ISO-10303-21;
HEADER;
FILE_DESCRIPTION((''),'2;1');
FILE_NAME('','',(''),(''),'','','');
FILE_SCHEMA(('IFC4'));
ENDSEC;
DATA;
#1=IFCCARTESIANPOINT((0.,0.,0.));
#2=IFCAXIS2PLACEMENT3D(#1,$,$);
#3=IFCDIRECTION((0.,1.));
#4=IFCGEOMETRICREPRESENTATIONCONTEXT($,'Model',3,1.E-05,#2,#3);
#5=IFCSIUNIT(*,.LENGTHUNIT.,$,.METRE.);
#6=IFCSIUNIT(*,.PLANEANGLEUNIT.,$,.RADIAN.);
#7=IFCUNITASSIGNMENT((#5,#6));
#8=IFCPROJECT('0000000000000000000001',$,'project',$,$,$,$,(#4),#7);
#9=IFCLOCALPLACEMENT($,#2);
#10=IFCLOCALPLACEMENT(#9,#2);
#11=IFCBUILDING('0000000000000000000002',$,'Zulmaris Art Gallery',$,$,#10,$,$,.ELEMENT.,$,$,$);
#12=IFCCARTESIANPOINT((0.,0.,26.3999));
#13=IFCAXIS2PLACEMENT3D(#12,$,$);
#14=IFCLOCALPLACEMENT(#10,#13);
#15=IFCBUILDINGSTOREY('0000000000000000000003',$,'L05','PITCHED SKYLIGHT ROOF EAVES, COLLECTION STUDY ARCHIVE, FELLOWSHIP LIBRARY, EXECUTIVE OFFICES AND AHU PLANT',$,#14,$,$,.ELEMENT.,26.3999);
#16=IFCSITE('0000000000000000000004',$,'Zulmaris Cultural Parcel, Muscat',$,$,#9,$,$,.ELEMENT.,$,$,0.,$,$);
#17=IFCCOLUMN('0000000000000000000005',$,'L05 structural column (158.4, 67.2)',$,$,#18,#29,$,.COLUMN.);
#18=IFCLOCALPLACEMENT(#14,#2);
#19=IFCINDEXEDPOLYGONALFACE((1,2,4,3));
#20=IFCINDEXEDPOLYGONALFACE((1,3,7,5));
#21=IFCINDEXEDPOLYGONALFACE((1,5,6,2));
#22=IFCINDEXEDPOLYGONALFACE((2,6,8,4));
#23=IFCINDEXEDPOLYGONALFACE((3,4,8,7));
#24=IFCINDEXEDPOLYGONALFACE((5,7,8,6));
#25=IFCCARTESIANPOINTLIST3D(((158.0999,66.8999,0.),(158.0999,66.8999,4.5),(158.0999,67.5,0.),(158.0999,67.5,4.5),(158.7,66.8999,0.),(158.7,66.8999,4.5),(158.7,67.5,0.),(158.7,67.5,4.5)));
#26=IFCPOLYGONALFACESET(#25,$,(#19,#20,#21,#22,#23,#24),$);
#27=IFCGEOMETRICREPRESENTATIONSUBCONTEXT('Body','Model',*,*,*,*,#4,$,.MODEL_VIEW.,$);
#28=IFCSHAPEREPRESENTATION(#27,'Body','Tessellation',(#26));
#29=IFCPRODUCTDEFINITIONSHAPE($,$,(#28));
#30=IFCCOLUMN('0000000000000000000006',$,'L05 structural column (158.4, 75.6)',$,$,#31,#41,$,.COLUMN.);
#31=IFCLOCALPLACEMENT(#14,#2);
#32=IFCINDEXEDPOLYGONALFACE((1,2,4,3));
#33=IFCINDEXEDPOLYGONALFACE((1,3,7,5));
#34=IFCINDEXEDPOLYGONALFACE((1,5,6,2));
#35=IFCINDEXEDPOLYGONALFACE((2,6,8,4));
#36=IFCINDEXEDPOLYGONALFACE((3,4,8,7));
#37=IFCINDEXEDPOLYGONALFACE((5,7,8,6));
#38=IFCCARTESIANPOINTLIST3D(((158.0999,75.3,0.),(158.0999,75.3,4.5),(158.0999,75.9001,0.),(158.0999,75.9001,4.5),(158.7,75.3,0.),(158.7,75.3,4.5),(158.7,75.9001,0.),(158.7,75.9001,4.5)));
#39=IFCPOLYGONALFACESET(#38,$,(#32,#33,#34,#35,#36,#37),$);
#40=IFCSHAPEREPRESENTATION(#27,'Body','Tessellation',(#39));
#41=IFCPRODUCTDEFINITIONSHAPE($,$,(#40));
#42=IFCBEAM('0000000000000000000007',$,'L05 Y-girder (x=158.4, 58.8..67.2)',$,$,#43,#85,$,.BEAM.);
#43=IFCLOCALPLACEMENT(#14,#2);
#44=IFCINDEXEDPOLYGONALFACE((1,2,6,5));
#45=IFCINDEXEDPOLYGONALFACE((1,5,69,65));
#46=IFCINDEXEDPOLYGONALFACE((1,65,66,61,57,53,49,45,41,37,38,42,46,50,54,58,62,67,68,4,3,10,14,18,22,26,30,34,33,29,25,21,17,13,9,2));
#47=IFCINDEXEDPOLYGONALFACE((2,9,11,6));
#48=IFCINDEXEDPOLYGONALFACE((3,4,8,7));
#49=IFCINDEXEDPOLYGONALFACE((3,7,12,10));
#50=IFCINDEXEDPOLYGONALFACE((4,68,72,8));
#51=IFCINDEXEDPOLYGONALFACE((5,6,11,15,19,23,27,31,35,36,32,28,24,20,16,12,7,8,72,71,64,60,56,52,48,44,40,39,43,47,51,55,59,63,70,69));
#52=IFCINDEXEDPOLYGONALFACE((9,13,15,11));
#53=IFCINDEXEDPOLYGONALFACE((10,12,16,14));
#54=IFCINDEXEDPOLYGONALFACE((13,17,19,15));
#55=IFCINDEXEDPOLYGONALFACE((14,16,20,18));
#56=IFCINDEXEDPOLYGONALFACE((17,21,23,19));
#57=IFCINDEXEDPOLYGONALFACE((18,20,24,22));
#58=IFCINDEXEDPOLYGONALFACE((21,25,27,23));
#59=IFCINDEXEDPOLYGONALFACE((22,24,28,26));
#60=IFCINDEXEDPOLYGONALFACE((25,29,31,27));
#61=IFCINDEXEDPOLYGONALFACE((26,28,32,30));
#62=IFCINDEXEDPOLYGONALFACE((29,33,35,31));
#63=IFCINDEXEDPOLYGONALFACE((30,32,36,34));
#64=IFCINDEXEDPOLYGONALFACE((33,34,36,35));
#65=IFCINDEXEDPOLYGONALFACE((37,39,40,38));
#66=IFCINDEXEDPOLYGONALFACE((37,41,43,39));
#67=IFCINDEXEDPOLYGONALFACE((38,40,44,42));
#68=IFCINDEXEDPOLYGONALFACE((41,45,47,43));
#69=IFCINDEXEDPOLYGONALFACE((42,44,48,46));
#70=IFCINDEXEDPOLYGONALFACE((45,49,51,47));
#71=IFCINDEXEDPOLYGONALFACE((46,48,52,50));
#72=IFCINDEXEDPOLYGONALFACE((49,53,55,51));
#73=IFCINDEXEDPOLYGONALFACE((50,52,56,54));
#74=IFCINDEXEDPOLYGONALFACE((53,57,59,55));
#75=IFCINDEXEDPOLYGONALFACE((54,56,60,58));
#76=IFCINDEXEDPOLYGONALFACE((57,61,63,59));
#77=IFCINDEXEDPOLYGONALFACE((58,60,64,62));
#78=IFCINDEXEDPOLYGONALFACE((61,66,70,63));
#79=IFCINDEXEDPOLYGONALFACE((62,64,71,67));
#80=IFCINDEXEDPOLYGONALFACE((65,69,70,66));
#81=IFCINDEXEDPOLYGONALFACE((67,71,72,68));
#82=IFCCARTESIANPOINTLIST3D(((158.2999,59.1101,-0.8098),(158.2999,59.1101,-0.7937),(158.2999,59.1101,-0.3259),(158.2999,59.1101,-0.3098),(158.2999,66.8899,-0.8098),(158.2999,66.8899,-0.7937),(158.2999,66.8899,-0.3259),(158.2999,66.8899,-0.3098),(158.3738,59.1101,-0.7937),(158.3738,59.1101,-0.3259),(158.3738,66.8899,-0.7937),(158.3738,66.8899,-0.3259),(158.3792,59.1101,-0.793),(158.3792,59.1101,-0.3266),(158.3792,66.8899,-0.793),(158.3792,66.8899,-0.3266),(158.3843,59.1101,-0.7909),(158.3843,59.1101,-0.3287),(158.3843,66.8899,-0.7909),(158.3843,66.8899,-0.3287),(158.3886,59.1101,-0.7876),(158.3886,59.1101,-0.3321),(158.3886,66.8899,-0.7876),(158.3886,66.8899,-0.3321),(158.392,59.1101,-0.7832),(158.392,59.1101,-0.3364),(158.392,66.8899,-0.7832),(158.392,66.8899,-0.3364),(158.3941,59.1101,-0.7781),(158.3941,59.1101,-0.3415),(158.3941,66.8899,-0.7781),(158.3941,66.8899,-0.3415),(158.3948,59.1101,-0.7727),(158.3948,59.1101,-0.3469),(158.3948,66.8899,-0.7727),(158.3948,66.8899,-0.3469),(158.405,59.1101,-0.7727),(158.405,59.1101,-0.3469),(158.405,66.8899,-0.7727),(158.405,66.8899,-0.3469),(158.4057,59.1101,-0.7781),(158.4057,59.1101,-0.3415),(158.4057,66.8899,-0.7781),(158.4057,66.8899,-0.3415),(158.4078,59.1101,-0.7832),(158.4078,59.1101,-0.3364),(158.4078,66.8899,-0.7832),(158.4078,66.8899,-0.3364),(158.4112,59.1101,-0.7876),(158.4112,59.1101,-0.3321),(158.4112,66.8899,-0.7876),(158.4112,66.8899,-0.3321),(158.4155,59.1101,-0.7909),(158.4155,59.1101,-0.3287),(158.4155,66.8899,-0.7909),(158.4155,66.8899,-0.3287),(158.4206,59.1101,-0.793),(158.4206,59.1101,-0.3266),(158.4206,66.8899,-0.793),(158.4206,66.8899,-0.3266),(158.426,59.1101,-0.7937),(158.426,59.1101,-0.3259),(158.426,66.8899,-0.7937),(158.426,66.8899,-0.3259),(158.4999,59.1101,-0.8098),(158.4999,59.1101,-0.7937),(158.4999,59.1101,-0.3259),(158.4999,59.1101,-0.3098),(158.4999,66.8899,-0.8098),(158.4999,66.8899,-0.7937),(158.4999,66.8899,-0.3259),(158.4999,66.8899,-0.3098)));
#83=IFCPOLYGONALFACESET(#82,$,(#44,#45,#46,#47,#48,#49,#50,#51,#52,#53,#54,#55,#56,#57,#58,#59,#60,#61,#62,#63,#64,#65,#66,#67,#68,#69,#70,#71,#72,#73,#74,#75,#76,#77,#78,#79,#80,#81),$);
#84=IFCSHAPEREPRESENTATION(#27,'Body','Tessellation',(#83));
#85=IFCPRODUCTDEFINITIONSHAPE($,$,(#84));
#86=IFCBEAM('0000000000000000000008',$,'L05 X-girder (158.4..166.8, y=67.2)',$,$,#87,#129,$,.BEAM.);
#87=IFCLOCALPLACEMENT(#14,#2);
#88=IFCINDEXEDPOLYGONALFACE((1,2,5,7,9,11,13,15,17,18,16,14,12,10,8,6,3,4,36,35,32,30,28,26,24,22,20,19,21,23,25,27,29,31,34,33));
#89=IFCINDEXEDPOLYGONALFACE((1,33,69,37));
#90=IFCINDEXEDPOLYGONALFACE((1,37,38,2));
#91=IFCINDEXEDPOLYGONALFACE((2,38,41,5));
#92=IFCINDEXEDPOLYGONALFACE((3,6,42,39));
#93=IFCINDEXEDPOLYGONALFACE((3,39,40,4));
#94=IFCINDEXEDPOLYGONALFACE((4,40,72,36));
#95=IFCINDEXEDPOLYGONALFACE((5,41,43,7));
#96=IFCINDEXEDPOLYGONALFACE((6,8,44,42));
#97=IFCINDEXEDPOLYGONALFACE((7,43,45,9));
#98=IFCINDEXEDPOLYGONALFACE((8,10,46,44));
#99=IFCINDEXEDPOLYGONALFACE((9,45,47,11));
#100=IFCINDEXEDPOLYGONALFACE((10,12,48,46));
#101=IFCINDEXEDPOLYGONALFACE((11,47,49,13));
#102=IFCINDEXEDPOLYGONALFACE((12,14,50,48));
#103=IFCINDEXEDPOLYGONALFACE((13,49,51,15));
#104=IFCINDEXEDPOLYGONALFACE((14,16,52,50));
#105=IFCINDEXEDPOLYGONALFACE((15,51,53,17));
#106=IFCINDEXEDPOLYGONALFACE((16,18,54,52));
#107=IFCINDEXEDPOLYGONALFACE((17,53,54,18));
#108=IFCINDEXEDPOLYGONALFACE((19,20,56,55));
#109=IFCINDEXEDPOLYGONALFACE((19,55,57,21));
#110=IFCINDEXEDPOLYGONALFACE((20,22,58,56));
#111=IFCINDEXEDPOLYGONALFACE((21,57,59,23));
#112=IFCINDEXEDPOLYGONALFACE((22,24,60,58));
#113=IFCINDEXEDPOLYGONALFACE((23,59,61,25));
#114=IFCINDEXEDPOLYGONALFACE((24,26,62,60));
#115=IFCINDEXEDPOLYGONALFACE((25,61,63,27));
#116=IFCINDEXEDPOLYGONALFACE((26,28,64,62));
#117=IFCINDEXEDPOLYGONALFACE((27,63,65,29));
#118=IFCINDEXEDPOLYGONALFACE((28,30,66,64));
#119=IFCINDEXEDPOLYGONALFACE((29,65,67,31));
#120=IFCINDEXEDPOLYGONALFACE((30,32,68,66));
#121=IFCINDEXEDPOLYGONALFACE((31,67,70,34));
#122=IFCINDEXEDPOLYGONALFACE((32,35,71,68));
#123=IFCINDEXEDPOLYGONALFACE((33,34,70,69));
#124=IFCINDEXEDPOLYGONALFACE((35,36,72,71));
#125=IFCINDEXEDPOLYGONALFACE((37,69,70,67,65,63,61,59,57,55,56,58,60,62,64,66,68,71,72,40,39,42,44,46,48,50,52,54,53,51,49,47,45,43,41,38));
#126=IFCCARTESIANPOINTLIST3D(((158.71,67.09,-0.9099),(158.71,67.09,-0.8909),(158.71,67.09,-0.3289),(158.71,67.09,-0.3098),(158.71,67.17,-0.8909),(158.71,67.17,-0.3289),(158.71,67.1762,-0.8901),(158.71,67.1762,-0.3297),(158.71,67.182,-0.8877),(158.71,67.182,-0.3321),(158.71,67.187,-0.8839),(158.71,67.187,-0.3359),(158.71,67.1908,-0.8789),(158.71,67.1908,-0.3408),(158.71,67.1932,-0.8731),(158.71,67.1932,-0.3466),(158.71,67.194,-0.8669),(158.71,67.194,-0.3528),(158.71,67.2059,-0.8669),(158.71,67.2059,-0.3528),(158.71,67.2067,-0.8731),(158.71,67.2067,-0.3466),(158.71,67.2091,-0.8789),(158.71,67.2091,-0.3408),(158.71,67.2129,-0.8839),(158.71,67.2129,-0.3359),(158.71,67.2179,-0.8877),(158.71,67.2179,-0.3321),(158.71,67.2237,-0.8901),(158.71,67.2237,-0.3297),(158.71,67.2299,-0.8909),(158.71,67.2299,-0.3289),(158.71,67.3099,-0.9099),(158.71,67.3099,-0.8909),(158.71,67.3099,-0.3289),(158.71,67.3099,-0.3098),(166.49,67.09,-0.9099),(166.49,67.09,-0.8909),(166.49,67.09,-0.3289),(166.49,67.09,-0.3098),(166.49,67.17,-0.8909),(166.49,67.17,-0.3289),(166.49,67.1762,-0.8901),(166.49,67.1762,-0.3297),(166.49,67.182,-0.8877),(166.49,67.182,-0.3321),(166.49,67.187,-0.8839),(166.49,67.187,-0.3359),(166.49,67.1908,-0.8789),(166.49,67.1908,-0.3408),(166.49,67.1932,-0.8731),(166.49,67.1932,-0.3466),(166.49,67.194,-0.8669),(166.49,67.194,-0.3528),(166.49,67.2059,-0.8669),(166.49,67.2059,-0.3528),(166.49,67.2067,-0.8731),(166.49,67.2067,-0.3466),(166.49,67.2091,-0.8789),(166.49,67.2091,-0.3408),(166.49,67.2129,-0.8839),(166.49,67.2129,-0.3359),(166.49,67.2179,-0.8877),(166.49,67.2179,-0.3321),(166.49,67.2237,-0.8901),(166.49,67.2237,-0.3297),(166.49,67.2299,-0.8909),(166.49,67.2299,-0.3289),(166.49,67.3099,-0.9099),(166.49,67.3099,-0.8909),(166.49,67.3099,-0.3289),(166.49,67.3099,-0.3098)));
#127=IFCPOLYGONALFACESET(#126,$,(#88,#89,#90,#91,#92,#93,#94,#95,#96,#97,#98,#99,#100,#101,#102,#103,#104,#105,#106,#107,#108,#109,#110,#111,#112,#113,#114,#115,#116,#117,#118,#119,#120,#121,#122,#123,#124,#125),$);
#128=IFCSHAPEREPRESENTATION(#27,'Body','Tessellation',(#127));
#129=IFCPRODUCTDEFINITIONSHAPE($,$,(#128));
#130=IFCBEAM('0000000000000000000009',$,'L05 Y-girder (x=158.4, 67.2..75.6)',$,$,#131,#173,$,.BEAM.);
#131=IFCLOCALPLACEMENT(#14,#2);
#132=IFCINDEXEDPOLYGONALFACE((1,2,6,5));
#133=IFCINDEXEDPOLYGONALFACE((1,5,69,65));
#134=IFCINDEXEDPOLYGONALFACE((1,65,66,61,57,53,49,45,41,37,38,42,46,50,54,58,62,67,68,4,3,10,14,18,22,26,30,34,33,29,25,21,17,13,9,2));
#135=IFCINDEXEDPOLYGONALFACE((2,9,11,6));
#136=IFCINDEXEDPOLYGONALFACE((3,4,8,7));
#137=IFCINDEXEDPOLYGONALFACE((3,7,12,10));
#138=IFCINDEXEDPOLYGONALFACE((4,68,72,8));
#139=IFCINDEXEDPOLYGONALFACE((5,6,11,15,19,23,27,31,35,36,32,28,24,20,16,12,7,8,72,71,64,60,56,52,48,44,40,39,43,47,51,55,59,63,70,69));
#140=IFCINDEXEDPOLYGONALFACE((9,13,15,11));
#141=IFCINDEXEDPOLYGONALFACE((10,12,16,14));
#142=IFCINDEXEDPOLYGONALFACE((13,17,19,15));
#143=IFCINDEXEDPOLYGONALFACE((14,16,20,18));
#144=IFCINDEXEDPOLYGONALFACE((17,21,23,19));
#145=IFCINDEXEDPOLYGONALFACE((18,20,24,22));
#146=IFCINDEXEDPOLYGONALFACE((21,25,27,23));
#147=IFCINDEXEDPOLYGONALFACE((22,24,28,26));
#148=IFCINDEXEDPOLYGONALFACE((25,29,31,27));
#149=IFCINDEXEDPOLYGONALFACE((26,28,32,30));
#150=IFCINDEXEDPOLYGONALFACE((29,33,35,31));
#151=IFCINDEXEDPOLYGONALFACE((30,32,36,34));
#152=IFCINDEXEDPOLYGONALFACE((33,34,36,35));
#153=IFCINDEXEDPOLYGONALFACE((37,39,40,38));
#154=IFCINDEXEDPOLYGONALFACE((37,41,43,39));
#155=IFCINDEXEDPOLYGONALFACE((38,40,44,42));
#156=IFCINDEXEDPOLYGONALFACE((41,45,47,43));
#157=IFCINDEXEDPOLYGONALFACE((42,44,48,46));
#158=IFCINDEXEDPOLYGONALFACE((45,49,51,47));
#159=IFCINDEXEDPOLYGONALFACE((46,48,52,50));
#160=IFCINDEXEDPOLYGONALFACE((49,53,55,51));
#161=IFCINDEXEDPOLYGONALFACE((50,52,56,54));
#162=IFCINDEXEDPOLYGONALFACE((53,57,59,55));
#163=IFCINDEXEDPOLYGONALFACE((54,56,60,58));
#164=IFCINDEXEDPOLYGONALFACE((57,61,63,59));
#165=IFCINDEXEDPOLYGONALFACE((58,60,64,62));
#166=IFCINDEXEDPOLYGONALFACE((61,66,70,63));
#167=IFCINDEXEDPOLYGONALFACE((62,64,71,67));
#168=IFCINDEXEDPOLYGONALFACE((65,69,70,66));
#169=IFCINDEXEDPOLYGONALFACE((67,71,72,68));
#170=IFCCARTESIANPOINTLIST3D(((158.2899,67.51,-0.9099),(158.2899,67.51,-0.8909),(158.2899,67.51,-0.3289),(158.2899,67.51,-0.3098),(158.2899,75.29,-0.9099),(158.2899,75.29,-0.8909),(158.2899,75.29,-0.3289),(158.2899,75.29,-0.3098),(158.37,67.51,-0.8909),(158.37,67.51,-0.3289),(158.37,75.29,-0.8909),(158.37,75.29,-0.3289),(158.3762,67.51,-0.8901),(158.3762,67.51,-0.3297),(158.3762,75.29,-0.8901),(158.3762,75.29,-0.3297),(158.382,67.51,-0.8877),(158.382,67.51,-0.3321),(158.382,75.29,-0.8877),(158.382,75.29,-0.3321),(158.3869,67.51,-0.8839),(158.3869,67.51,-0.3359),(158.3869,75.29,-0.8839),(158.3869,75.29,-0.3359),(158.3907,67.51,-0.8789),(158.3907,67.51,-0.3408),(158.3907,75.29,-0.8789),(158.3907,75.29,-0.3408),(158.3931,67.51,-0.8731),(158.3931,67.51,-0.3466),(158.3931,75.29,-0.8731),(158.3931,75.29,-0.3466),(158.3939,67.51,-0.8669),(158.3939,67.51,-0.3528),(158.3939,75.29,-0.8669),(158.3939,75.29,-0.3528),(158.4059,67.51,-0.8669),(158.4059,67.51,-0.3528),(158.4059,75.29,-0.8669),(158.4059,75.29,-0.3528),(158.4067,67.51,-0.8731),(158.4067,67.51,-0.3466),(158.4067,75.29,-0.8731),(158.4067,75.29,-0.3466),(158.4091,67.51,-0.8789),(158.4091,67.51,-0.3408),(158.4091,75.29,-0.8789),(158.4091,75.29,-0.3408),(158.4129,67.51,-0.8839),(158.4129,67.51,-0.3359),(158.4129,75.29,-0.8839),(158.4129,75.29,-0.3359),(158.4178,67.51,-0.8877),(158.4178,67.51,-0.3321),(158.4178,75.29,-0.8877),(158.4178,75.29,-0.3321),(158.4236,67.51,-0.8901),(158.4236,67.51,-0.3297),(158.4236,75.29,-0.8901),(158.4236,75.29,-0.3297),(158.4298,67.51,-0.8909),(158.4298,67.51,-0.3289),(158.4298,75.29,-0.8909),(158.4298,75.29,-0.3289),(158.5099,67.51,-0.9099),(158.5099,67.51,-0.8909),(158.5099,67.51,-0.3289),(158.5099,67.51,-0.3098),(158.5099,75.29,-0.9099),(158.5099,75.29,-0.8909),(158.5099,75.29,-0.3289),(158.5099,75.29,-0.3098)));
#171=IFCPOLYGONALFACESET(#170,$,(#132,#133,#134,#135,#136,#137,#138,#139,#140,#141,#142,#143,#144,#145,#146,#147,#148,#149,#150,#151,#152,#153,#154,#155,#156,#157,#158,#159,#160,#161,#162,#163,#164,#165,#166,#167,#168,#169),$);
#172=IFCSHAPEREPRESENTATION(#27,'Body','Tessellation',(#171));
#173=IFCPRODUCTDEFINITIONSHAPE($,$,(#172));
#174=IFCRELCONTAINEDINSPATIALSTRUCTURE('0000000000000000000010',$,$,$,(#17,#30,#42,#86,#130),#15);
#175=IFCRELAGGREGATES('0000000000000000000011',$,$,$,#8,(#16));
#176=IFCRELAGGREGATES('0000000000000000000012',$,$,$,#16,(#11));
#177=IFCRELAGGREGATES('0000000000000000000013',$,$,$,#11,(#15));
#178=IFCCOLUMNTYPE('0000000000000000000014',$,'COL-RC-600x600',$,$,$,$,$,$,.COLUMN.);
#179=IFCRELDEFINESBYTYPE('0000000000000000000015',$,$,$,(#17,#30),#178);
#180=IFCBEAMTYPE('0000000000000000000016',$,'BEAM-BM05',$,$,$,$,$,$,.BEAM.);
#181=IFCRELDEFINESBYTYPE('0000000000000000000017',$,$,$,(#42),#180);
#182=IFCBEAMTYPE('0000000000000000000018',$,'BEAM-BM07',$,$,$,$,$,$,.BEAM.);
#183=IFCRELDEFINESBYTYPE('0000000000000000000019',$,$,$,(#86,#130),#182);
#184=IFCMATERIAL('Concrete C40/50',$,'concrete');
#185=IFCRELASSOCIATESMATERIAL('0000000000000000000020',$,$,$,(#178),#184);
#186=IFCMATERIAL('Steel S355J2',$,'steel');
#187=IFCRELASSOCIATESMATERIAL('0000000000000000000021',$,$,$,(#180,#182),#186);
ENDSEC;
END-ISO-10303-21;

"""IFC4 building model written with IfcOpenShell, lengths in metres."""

from ifc_helpers import new_model, si_unit, direction, frame, origin, origin_2d, place, context, subcontext, project, spatial, rectangle, i_section, extrude, material, material_profile, profile_set, type_object, element, save


model = new_model("IFC4")

# Units and contexts
model_context = context("Model", 3, precision=1e-05, world=origin(), true_north=direction((0.0, 1.0)))
body_context = subcontext(model_context, "Body", "Model", "MODEL_VIEW")
ifc_project = project(units=[si_unit("LENGTHUNIT", "METRE"), si_unit("PLANEANGLEUNIT", "RADIAN")], contexts=[model_context])

# Site, building, storey
site_placement = place(None, origin())
site = spatial("IfcSite", under=ifc_project, at=site_placement, Name="Zulmaris Cultural Parcel, Muscat", CompositionType="ELEMENT", RefElevation=0.0)
building_placement = place(site_placement, origin())
building = spatial("IfcBuilding", under=site, at=building_placement, Name="Zulmaris Art Gallery", CompositionType="ELEMENT")
storey_placement = place(building_placement, frame((0.0, 0.0, 26.3999)))
storey = spatial("IfcBuildingStorey", under=building, at=storey_placement, Name="L05", Description="PITCHED SKYLIGHT ROOF EAVES, COLLECTION STUDY ARCHIVE, FELLOWSHIP LIBRARY, EXECUTIVE OFFICES AND AHU PLANT", CompositionType="ELEMENT", Elevation=26.3999)

# Columns
ifc_material_1 = material(Name="Concrete C40/50", Category="concrete")
ifc_material_profile_1 = material_profile(ifc_material_1, rectangle(XDim=0.6001, YDim=0.6001, at=origin_2d()), Name="RC 600x600")
ifc_profile_set_1 = profile_set([ifc_material_profile_1], Name="Concrete C40/50")
column_type = type_object("IfcColumnType", Name="COL-RC-600x600", PredefinedType="COLUMN", material=ifc_profile_set_1)
for number, where, z_axis, x_axis, name in (
    (1, (158.3999, 67.2, 0.0), (0.0, 0.0, 1.0), (1.0, 0.0, 0.0), "L05 structural column (158.4, 67.2)"),
    (2, (158.3999, 75.6001, 0.0), (0.0, 0.0, 1.0), (1.0, 0.0, 0.0), "L05 structural column (158.4, 75.6)"),
):
    element("IfcColumn", number, at=place(storey_placement, frame(where, z_axis=z_axis, x_axis=x_axis)), inside=storey, type_object=column_type, Name=name, PredefinedType="COLUMN", context=body_context, shape_type="SweptSolid", body=[
        extrude(rectangle(XDim=0.6001, YDim=0.6001, at=origin_2d()), origin(), (0.0, 0.0, 1.0), 4.5),
    ])

# Beams
ifc_material_2 = material(Name="Steel S355J2", Category="steel")
ifc_material_profile_2 = material_profile(ifc_material_2, i_section(OverallWidth=0.2, OverallDepth=0.5, WebThickness=0.0103, FlangeThickness=0.0161, FilletRadius=0.021, at=origin_2d()), Name="IPE 500")
ifc_profile_set_2 = profile_set([ifc_material_profile_2], Name="Steel S355J2")
beam_type_1 = type_object("IfcBeamType", Name="BEAM-BM05", PredefinedType="BEAM", material=ifc_profile_set_2)
beam_1_placement = place(storey_placement, frame((158.3999, 59.1101, -0.5598), z_axis=(0.0, 1.0, 0.0), x_axis=(-1.0, 0.0, 0.0)))
element("IfcBeam", 3, at=beam_1_placement, inside=storey, type_object=beam_type_1, Name="L05 Y-girder (x=158.4, 58.8..67.2)", PredefinedType="BEAM", context=body_context, shape_type="SweptSolid", body=[
    extrude(i_section(OverallWidth=0.2, OverallDepth=0.5, WebThickness=0.0103, FlangeThickness=0.0161, FilletRadius=0.021, at=origin_2d()), origin(), (0.0, 0.0, 1.0), 7.7798),
])
ifc_material_profile_3 = material_profile(ifc_material_2, i_section(OverallWidth=0.22, OverallDepth=0.6001, WebThickness=0.012, FlangeThickness=0.019, FilletRadius=0.0239, at=origin_2d()), Name="IPE 600")
ifc_profile_set_3 = profile_set([ifc_material_profile_3], Name="Steel S355J2")
beam_type_2 = type_object("IfcBeamType", Name="BEAM-BM07", PredefinedType="BEAM", material=ifc_profile_set_3)
for number, where, z_axis, x_axis, name in (
    (4, (158.71, 67.2, -0.6099), (1.0, 0.0, 0.0), (0.0, 1.0, 0.0), "L05 X-girder (158.4..166.8, y=67.2)"),
    (5, (158.3999, 67.51, -0.6099), (0.0, 1.0, 0.0), (-1.0, 0.0, 0.0), "L05 Y-girder (x=158.4, 67.2..75.6)"),
):
    element("IfcBeam", number, at=place(storey_placement, frame(where, z_axis=z_axis, x_axis=x_axis)), inside=storey, type_object=beam_type_2, Name=name, PredefinedType="BEAM", context=body_context, shape_type="SweptSolid", body=[
        extrude(i_section(OverallWidth=0.22, OverallDepth=0.6001, WebThickness=0.012, FlangeThickness=0.019, FilletRadius=0.0239, at=origin_2d()), origin(), (0.0, 0.0, 1.0), 7.78),
    ])

save(model, "model.ifc")
